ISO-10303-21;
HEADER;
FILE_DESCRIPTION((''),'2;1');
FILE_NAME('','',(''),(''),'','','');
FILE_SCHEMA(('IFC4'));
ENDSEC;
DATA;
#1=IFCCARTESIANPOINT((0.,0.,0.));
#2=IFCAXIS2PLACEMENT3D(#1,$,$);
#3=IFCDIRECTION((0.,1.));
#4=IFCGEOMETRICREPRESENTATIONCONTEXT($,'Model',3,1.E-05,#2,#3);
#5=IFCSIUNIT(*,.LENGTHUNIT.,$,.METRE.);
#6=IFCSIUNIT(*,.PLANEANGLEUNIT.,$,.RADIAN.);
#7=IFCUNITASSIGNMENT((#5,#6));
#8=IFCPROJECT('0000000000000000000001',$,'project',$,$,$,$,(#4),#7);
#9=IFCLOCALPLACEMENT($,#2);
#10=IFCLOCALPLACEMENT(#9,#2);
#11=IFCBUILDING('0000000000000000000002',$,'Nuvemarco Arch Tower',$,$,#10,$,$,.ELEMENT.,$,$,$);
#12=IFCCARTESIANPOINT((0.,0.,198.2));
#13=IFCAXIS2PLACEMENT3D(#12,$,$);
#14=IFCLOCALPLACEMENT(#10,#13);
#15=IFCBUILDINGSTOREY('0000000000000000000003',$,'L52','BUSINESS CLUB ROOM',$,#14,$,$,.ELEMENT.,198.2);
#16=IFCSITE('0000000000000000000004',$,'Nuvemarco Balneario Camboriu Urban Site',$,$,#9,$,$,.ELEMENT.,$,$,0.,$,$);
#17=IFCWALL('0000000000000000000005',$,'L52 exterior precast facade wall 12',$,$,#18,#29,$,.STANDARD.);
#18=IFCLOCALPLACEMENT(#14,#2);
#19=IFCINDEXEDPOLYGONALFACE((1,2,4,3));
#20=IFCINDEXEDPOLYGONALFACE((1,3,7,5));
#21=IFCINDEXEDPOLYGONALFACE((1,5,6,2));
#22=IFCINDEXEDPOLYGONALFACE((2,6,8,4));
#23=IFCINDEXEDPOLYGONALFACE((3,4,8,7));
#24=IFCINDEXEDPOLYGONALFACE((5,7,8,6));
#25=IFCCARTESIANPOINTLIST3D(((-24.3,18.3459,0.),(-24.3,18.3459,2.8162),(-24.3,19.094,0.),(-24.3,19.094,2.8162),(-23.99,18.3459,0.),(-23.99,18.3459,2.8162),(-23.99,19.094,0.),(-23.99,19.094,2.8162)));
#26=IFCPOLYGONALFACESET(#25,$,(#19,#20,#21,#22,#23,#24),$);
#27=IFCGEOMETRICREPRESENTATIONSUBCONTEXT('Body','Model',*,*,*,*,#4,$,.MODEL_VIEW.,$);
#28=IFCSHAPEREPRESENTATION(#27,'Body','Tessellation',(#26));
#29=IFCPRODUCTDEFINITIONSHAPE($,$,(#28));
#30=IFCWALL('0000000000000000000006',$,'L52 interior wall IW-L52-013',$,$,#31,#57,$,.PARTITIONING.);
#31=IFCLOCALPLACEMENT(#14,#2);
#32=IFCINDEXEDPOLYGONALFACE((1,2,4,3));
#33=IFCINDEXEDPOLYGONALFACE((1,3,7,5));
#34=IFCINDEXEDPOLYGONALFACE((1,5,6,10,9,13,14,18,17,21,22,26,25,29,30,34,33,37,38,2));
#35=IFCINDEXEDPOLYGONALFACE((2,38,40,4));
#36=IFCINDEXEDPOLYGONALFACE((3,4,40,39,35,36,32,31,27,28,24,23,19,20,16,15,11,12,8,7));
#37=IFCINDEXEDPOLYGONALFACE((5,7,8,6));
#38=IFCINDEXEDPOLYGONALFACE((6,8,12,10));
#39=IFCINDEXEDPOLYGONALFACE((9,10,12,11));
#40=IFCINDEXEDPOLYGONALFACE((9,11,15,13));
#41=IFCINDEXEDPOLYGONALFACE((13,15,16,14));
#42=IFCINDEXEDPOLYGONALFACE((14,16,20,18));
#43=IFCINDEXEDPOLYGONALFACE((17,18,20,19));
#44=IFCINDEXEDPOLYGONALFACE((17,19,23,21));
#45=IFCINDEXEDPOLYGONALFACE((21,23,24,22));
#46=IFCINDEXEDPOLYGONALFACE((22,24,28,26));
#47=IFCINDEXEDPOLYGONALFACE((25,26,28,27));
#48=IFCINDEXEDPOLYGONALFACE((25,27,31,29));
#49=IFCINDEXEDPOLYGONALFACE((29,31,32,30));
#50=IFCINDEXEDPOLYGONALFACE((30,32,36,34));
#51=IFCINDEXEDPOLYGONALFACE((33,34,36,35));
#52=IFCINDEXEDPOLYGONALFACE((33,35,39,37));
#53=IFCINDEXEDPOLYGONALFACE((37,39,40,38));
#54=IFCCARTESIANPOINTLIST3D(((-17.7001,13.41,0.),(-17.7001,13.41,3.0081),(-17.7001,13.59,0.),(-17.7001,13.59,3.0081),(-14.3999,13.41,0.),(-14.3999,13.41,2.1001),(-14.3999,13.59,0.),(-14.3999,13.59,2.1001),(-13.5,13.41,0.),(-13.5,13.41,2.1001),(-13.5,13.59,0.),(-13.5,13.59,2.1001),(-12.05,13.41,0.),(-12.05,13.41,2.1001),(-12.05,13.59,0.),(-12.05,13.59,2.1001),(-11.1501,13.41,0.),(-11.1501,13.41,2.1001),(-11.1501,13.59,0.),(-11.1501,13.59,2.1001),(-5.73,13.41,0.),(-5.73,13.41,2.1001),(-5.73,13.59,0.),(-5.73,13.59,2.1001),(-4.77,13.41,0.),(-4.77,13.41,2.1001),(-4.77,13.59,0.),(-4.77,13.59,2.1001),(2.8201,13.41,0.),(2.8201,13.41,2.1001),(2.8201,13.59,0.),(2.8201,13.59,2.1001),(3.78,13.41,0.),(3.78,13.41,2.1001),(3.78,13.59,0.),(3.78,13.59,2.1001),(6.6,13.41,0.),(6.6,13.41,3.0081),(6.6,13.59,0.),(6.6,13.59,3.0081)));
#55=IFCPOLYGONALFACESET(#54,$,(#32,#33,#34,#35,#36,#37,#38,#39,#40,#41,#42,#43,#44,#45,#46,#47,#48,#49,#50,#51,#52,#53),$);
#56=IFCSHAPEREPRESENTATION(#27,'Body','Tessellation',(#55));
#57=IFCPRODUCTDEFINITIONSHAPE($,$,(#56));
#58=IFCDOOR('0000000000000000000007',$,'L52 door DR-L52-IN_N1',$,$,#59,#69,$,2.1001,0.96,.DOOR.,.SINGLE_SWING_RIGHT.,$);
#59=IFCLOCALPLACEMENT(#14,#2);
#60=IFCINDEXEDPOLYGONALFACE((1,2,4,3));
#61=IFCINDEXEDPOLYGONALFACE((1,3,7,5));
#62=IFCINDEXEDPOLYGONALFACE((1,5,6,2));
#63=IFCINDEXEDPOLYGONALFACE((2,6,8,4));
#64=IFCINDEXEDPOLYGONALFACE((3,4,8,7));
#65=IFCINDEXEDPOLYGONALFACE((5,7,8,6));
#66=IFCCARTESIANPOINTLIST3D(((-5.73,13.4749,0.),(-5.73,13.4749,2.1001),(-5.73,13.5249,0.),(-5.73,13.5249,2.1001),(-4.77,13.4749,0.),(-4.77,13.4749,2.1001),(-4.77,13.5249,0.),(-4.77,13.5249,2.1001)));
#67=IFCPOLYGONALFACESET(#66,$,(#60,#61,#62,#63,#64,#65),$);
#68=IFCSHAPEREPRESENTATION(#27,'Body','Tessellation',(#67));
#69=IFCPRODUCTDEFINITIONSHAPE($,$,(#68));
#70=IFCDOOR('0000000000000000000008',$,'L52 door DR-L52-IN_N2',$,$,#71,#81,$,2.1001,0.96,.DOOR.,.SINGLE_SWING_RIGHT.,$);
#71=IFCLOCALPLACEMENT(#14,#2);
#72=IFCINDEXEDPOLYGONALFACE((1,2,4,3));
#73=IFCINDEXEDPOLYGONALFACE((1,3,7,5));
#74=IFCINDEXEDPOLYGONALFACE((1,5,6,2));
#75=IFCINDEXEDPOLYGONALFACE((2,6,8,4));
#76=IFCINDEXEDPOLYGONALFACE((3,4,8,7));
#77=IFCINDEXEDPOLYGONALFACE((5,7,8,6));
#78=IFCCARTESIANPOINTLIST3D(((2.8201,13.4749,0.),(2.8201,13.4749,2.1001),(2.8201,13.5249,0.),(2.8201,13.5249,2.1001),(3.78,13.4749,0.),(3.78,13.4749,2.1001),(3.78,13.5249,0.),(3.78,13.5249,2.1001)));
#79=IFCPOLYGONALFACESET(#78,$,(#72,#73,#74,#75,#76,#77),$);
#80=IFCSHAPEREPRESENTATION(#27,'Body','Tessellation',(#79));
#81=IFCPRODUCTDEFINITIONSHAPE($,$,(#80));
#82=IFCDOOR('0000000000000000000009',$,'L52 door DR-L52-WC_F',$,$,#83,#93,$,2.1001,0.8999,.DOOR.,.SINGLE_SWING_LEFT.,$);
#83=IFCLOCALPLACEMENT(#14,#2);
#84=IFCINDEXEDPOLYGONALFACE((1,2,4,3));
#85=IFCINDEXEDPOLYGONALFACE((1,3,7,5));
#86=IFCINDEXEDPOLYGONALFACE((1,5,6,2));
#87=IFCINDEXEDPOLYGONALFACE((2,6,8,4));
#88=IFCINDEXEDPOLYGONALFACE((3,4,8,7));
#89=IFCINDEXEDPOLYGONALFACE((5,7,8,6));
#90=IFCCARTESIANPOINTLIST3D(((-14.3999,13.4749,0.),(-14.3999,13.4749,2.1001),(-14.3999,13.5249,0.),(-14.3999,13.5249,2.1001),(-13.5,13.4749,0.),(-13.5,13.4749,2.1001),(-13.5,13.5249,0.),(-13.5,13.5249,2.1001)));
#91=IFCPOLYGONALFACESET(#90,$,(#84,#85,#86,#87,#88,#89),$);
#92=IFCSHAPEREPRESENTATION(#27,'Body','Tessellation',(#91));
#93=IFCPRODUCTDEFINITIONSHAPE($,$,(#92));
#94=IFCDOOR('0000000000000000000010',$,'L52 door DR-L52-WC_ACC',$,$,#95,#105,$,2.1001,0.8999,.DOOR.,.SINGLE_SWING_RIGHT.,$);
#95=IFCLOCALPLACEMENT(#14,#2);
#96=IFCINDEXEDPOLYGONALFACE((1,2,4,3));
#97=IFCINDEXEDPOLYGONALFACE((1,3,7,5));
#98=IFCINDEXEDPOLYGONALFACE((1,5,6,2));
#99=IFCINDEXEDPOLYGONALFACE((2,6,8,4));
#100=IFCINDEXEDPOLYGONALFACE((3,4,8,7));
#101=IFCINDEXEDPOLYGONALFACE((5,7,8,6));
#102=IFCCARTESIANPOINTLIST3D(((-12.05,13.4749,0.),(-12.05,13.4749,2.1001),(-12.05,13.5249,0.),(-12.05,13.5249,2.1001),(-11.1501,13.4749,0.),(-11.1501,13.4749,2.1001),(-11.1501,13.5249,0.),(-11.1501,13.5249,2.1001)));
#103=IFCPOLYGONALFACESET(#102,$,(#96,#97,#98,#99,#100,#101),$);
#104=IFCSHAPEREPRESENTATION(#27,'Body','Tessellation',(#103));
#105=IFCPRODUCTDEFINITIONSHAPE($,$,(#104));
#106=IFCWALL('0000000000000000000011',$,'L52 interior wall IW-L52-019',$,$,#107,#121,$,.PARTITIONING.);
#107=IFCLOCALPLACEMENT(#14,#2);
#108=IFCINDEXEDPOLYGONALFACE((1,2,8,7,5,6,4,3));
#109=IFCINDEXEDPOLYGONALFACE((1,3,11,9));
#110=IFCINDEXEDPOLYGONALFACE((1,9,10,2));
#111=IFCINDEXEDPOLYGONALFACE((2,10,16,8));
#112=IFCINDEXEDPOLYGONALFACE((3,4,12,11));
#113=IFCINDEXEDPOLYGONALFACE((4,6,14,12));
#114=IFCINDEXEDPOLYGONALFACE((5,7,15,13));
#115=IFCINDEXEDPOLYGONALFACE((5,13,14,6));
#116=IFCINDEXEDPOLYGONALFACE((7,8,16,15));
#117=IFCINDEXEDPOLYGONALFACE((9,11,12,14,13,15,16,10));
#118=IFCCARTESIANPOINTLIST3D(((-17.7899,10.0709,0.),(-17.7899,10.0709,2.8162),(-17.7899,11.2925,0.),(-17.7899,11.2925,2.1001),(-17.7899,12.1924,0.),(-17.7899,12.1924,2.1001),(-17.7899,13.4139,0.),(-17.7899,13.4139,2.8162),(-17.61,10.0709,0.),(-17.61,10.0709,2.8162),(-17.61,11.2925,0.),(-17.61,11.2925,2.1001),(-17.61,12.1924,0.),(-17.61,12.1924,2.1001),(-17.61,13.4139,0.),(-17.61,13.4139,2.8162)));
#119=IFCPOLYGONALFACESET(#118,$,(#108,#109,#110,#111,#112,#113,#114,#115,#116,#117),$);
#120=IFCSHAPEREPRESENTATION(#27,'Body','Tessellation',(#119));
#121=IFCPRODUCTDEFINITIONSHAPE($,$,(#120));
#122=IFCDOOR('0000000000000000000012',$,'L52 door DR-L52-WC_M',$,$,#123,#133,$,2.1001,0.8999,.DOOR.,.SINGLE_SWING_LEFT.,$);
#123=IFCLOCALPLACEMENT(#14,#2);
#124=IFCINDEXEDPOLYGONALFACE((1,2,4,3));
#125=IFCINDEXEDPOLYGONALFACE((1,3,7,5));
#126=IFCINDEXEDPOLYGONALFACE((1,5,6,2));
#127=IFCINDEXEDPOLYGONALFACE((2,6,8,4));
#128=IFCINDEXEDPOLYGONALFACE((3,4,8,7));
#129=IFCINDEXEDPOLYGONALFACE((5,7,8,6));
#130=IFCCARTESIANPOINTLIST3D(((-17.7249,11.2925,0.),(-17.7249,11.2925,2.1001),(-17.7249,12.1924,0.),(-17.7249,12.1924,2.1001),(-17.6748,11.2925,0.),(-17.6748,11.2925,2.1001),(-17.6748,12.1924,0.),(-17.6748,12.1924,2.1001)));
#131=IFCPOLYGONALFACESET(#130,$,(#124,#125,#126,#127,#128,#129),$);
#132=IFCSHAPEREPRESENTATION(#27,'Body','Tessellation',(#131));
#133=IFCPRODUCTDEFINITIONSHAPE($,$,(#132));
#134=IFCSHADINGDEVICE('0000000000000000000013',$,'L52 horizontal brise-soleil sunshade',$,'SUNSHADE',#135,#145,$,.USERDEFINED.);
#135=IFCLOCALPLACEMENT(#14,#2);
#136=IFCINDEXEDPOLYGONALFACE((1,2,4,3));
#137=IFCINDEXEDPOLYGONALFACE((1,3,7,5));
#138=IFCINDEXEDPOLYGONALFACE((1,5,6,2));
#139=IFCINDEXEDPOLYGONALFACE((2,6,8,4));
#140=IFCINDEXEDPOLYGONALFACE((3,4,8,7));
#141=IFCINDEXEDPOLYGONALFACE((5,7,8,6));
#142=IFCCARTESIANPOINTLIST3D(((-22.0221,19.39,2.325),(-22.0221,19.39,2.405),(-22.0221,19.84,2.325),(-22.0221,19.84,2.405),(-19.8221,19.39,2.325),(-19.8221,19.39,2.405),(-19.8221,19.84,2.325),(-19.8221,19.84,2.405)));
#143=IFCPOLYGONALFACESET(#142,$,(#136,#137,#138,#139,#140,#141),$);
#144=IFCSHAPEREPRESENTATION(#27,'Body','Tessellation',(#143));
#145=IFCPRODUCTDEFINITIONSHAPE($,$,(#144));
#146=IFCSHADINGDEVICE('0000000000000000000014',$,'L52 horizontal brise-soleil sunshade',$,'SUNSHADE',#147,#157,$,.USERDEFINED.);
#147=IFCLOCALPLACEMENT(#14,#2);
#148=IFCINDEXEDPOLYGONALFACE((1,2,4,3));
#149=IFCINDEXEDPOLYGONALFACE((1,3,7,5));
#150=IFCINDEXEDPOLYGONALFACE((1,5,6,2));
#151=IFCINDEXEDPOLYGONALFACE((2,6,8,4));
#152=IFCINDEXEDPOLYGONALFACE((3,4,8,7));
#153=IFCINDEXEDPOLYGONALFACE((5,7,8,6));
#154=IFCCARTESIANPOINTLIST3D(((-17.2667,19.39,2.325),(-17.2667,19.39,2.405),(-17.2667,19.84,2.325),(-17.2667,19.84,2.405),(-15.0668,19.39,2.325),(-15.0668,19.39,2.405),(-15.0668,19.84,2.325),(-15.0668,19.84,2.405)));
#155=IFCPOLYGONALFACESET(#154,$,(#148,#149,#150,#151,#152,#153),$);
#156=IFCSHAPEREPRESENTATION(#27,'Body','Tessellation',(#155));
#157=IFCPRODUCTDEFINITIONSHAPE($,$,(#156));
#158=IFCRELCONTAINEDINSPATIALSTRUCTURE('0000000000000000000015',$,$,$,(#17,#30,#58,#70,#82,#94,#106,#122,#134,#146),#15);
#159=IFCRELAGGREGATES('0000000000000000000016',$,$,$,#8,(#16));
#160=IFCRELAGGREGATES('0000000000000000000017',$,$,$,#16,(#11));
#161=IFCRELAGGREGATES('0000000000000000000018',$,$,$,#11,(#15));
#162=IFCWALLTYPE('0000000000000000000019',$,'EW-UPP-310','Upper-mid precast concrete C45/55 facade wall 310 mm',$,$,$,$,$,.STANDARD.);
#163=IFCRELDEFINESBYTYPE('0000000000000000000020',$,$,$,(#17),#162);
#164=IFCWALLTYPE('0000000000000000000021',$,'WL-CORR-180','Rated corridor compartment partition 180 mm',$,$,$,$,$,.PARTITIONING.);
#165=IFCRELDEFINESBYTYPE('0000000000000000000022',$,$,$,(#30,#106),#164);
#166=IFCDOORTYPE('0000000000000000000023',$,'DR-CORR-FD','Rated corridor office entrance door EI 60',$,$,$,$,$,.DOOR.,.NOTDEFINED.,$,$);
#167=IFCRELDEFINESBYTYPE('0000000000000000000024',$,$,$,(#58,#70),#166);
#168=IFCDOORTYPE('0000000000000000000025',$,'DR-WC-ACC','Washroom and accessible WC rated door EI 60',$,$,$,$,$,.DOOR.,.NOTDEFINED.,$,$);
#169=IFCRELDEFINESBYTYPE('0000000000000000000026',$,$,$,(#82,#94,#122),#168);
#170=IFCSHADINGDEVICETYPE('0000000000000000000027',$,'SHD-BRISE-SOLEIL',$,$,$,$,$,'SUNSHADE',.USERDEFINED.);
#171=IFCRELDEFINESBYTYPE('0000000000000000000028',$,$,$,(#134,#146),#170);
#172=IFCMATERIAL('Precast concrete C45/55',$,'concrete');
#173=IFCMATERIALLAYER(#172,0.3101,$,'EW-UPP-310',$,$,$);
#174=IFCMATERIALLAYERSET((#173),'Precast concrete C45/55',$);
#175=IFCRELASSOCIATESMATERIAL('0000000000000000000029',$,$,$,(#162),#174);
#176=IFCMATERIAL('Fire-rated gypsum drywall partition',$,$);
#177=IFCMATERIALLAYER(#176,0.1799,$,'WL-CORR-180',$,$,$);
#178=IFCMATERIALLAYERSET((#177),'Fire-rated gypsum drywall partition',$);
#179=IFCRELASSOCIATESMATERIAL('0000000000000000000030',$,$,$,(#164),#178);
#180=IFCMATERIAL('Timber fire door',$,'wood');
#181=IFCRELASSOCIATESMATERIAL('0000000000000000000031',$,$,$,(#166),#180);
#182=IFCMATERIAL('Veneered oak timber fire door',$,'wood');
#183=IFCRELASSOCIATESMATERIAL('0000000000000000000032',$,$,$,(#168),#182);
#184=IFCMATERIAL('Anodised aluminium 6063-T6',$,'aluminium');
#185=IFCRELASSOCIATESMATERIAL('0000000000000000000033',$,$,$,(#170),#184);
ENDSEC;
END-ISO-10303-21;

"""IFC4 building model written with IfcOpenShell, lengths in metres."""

from ifc_helpers import new_model, si_unit, direction, frame, frame_2d, origin, origin_2d, place, context, subcontext, project, spatial, rectangle, extrude, source, transform, mapped, material, layer, layer_set, type_object, type_shapes, element, fill, save


model = new_model("IFC4")

# Units and contexts
model_context = context("Model", 3, precision=1e-05, world=origin(), true_north=direction((0.0, 1.0)))
body_context = subcontext(model_context, "Body", "Model", "MODEL_VIEW")
ifc_project = project(units=[si_unit("LENGTHUNIT", "METRE"), si_unit("PLANEANGLEUNIT", "RADIAN")], contexts=[model_context])

# Site, building, storey
site_placement = place(None, origin())
site = spatial("IfcSite", under=ifc_project, at=site_placement, Name="Nuvemarco Balneario Camboriu Urban Site", CompositionType="ELEMENT", RefElevation=0.0)
building_placement = place(site_placement, origin())
building = spatial("IfcBuilding", under=site, at=building_placement, Name="Nuvemarco Arch Tower", CompositionType="ELEMENT")
storey_placement = place(building_placement, frame((0.0, 0.0, 198.2)))
storey = spatial("IfcBuildingStorey", under=building, at=storey_placement, Name="L52", Description="BUSINESS CLUB ROOM", CompositionType="ELEMENT", Elevation=198.2)

# Wall
ifc_material_1 = material(Name="Precast concrete C45/55", Category="concrete")
ifc_layer_1 = layer(ifc_material_1, 0.3101, Name="EW-UPP-310")
ifc_layer_set_1 = layer_set([ifc_layer_1], Name="Precast concrete C45/55")
wall_type_1 = type_object("IfcWallType", Name="EW-UPP-310", Description="Upper-mid precast concrete C45/55 facade wall 310 mm", PredefinedType="STANDARD", material=ifc_layer_set_1)
wall_1_placement = place(storey_placement, frame((-24.145, 18.3459, 0.0), z_axis=(0.0, 0.0, 1.0), x_axis=(0.0, 1.0, 0.0)))
element("IfcWall", 1, at=wall_1_placement, inside=storey, type_object=wall_type_1, Name="L52 exterior precast facade wall 12", PredefinedType="STANDARD", context=body_context, shape_type="SweptSolid", body=[
    extrude(rectangle(XDim=0.748, YDim=0.3101, at=frame_2d((0.374, 0.0))), origin(), (0.0, 0.0, 1.0), 2.8162),
])

# Wall, openings, doors
ifc_material_2 = material(Name="Fire-rated gypsum drywall partition")
ifc_layer_2 = layer(ifc_material_2, 0.1799, Name="WL-CORR-180")
ifc_layer_set_2 = layer_set([ifc_layer_2], Name="Fire-rated gypsum drywall partition")
wall_type_2 = type_object("IfcWallType", Name="WL-CORR-180", Description="Rated corridor compartment partition 180 mm", PredefinedType="PARTITIONING", material=ifc_layer_set_2)
wall_2_placement = place(storey_placement, frame((-17.7, 13.5, 0.0), z_axis=(0.0, 0.0, 1.0), x_axis=(1.0, 0.0, 0.0)))
wall_2 = element("IfcWall", 2, at=wall_2_placement, inside=storey, type_object=wall_type_2, Name="L52 interior wall IW-L52-013", PredefinedType="PARTITIONING", context=body_context, shape_type="SweptSolid", body=[
    extrude(rectangle(XDim=24.3, YDim=0.1799, at=frame_2d((12.1499, 0.0))), origin(), (0.0, 0.0, 1.0), 3.0081),
])
opening_1_placement = place(wall_2_placement, frame((11.97, 0.0, 0.0)))
opening_1 = element("IfcOpeningElement", 3, at=opening_1_placement, cuts=wall_2, PredefinedType="OPENING", context=body_context, shape_type="SweptSolid", body=[
    extrude(rectangle(XDim=0.96, YDim=2.1001, at=frame_2d((0.48, 1.05))), frame((0.0, 0.0999, 0.0), z_axis=(0.0, -1.0, 0.0), x_axis=(1.0, 0.0, 0.0)), (0.0, 0.0, 1.0), 0.2),
])
opening_2_placement = place(wall_2_placement, frame((20.52, 0.0, 0.0)))
opening_2 = element("IfcOpeningElement", 4, at=opening_2_placement, cuts=wall_2, PredefinedType="OPENING", context=body_context, shape_type="SweptSolid", body=[
    extrude(rectangle(XDim=0.96, YDim=2.1001, at=frame_2d((0.48, 1.05))), frame((0.0, 0.0999, 0.0), z_axis=(0.0, -1.0, 0.0), x_axis=(1.0, 0.0, 0.0)), (0.0, 0.0, 1.0), 0.2),
])
opening_3_placement = place(wall_2_placement, frame((3.3, 0.0, 0.0)))
opening_3 = element("IfcOpeningElement", 5, at=opening_3_placement, cuts=wall_2, PredefinedType="OPENING", context=body_context, shape_type="SweptSolid", body=[
    extrude(rectangle(XDim=0.8999, YDim=2.1001, at=frame_2d((0.45, 1.05))), frame((0.0, 0.0999, 0.0), z_axis=(0.0, -1.0, 0.0), x_axis=(1.0, 0.0, 0.0)), (0.0, 0.0, 1.0), 0.2),
])
opening_4_placement = place(wall_2_placement, frame((5.6499, 0.0, 0.0)))
opening_4 = element("IfcOpeningElement", 6, at=opening_4_placement, cuts=wall_2, PredefinedType="OPENING", context=body_context, shape_type="SweptSolid", body=[
    extrude(rectangle(XDim=0.8999, YDim=2.1001, at=frame_2d((0.45, 1.05))), frame((0.0, 0.0999, 0.0), z_axis=(0.0, -1.0, 0.0), x_axis=(1.0, 0.0, 0.0)), (0.0, 0.0, 1.0), 0.2),
])
ifc_material_3 = material(Name="Timber fire door", Category="wood")
door_type_1 = type_object("IfcDoorType", Name="DR-CORR-FD", Description="Rated corridor office entrance door EI 60", OperationType="NOTDEFINED", PredefinedType="DOOR", material=ifc_material_3)
shared_shape_1 = source(origin(), body_context, "Body", "SweptSolid", [
    extrude(rectangle(XDim=0.96, YDim=2.1001, at=frame_2d((0.48, 1.05))), frame((0.0, 0.0249, 0.0), z_axis=(0.0, -1.0, 0.0), x_axis=(1.0, 0.0, 0.0)), (0.0, 0.0, 1.0), 0.05),
])
type_shapes(door_type_1, [shared_shape_1])
door_1_placement = place(opening_1_placement, origin())
door_1 = element("IfcDoor", 7, at=door_1_placement, inside=storey, type_object=door_type_1, Name="L52 door DR-L52-IN_N1", OperationType="SINGLE_SWING_RIGHT", OverallHeight=2.1001, OverallWidth=0.96, PredefinedType="DOOR", context=body_context, shape_type="MappedRepresentation", body=[
    mapped(shared_shape_1, transform((0.0, 0.0, 0.0), scale=1.0)),
])
fill(opening_1, door_1)
door_2_placement = place(opening_2_placement, origin())
door_2 = element("IfcDoor", 8, at=door_2_placement, inside=storey, type_object=door_type_1, Name="L52 door DR-L52-IN_N2", OperationType="SINGLE_SWING_RIGHT", OverallHeight=2.1001, OverallWidth=0.96, PredefinedType="DOOR", context=body_context, shape_type="MappedRepresentation", body=[
    mapped(shared_shape_1, transform((0.0, 0.0, 0.0), scale=1.0)),
])
fill(opening_2, door_2)
ifc_material_4 = material(Name="Veneered oak timber fire door", Category="wood")
door_type_2 = type_object("IfcDoorType", Name="DR-WC-ACC", Description="Washroom and accessible WC rated door EI 60", OperationType="NOTDEFINED", PredefinedType="DOOR", material=ifc_material_4)
shared_shape_2 = source(origin(), body_context, "Body", "SweptSolid", [
    extrude(rectangle(XDim=0.8999, YDim=2.1001, at=frame_2d((0.45, 1.05))), frame((0.0, 0.0249, 0.0), z_axis=(0.0, -1.0, 0.0), x_axis=(1.0, 0.0, 0.0)), (0.0, 0.0, 1.0), 0.05),
])
type_shapes(door_type_2, [shared_shape_2])
door_3_placement = place(opening_3_placement, origin())
door_3 = element("IfcDoor", 9, at=door_3_placement, inside=storey, type_object=door_type_2, Name="L52 door DR-L52-WC_F", OperationType="SINGLE_SWING_LEFT", OverallHeight=2.1001, OverallWidth=0.8999, PredefinedType="DOOR", context=body_context, shape_type="MappedRepresentation", body=[
    mapped(shared_shape_2, transform((0.0, 0.0, 0.0), scale=1.0)),
])
fill(opening_3, door_3)
door_4_placement = place(opening_4_placement, origin())
door_4 = element("IfcDoor", 10, at=door_4_placement, inside=storey, type_object=door_type_2, Name="L52 door DR-L52-WC_ACC", OperationType="SINGLE_SWING_RIGHT", OverallHeight=2.1001, OverallWidth=0.8999, PredefinedType="DOOR", context=body_context, shape_type="MappedRepresentation", body=[
    mapped(shared_shape_2, transform((0.0, 0.0, 0.0), scale=1.0)),
])
fill(opening_4, door_4)

# Wall, opening, door
wall_3_placement = place(storey_placement, frame((-17.7, 10.071, 0.0), z_axis=(0.0, 0.0, 1.0), x_axis=(0.0, 1.0, 0.0)))
wall_3 = element("IfcWall", 11, at=wall_3_placement, inside=storey, type_object=wall_type_2, Name="L52 interior wall IW-L52-019", PredefinedType="PARTITIONING", context=body_context, shape_type="SweptSolid", body=[
    extrude(rectangle(XDim=3.343, YDim=0.1799, at=frame_2d((1.6714, 0.0))), origin(), (0.0, 0.0, 1.0), 2.8162),
])
opening_5_placement = place(wall_3_placement, frame((1.2214, 0.0, 0.0)))
opening_5 = element("IfcOpeningElement", 12, at=opening_5_placement, cuts=wall_3, PredefinedType="OPENING", context=body_context, shape_type="SweptSolid", body=[
    extrude(rectangle(XDim=0.8999, YDim=2.1001, at=frame_2d((0.45, 1.05))), frame((0.0, 0.0999, 0.0), z_axis=(0.0, -1.0, 0.0), x_axis=(1.0, 0.0, 0.0)), (0.0, 0.0, 1.0), 0.2),
])
door_5_placement = place(opening_5_placement, origin())
door_5 = element("IfcDoor", 13, at=door_5_placement, inside=storey, type_object=door_type_2, Name="L52 door DR-L52-WC_M", OperationType="SINGLE_SWING_LEFT", OverallHeight=2.1001, OverallWidth=0.8999, PredefinedType="DOOR", context=body_context, shape_type="MappedRepresentation", body=[
    mapped(shared_shape_2, transform((0.0, 0.0, 0.0), scale=1.0)),
])
fill(opening_5, door_5)

# Shading devices
ifc_material_5 = material(Name="Anodised aluminium 6063-T6", Category="aluminium")
shading_device_type = type_object("IfcShadingDeviceType", Name="SHD-BRISE-SOLEIL", ElementType="SUNSHADE", PredefinedType="USERDEFINED", material=ifc_material_5)
shared_shape_3 = source(origin(), body_context, "Body", "SweptSolid", [
    extrude(rectangle(XDim=2.2, YDim=0.45, at=origin_2d()), origin(), (0.0, 0.0, 1.0), 0.0801),
])
type_shapes(shading_device_type, [shared_shape_3])
for number, where, z_axis, x_axis, name in (
    (14, (-20.9221, 19.615, 2.325), (0.0, 0.0, 1.0), (1.0, 0.0, 0.0), "L52 horizontal brise-soleil sunshade"),
    (15, (-16.1667, 19.615, 2.325), (0.0, 0.0, 1.0), (1.0, 0.0, 0.0), "L52 horizontal brise-soleil sunshade"),
):
    element("IfcShadingDevice", number, at=place(storey_placement, frame(where, z_axis=z_axis, x_axis=x_axis)), inside=storey, type_object=shading_device_type, Name=name, ObjectType="SUNSHADE", PredefinedType="USERDEFINED", context=body_context, shape_type="MappedRepresentation", body=[
        mapped(shared_shape_3, transform((0.0, 0.0, 0.0), scale=1.0)),
    ])

save(model, "model.ifc")
